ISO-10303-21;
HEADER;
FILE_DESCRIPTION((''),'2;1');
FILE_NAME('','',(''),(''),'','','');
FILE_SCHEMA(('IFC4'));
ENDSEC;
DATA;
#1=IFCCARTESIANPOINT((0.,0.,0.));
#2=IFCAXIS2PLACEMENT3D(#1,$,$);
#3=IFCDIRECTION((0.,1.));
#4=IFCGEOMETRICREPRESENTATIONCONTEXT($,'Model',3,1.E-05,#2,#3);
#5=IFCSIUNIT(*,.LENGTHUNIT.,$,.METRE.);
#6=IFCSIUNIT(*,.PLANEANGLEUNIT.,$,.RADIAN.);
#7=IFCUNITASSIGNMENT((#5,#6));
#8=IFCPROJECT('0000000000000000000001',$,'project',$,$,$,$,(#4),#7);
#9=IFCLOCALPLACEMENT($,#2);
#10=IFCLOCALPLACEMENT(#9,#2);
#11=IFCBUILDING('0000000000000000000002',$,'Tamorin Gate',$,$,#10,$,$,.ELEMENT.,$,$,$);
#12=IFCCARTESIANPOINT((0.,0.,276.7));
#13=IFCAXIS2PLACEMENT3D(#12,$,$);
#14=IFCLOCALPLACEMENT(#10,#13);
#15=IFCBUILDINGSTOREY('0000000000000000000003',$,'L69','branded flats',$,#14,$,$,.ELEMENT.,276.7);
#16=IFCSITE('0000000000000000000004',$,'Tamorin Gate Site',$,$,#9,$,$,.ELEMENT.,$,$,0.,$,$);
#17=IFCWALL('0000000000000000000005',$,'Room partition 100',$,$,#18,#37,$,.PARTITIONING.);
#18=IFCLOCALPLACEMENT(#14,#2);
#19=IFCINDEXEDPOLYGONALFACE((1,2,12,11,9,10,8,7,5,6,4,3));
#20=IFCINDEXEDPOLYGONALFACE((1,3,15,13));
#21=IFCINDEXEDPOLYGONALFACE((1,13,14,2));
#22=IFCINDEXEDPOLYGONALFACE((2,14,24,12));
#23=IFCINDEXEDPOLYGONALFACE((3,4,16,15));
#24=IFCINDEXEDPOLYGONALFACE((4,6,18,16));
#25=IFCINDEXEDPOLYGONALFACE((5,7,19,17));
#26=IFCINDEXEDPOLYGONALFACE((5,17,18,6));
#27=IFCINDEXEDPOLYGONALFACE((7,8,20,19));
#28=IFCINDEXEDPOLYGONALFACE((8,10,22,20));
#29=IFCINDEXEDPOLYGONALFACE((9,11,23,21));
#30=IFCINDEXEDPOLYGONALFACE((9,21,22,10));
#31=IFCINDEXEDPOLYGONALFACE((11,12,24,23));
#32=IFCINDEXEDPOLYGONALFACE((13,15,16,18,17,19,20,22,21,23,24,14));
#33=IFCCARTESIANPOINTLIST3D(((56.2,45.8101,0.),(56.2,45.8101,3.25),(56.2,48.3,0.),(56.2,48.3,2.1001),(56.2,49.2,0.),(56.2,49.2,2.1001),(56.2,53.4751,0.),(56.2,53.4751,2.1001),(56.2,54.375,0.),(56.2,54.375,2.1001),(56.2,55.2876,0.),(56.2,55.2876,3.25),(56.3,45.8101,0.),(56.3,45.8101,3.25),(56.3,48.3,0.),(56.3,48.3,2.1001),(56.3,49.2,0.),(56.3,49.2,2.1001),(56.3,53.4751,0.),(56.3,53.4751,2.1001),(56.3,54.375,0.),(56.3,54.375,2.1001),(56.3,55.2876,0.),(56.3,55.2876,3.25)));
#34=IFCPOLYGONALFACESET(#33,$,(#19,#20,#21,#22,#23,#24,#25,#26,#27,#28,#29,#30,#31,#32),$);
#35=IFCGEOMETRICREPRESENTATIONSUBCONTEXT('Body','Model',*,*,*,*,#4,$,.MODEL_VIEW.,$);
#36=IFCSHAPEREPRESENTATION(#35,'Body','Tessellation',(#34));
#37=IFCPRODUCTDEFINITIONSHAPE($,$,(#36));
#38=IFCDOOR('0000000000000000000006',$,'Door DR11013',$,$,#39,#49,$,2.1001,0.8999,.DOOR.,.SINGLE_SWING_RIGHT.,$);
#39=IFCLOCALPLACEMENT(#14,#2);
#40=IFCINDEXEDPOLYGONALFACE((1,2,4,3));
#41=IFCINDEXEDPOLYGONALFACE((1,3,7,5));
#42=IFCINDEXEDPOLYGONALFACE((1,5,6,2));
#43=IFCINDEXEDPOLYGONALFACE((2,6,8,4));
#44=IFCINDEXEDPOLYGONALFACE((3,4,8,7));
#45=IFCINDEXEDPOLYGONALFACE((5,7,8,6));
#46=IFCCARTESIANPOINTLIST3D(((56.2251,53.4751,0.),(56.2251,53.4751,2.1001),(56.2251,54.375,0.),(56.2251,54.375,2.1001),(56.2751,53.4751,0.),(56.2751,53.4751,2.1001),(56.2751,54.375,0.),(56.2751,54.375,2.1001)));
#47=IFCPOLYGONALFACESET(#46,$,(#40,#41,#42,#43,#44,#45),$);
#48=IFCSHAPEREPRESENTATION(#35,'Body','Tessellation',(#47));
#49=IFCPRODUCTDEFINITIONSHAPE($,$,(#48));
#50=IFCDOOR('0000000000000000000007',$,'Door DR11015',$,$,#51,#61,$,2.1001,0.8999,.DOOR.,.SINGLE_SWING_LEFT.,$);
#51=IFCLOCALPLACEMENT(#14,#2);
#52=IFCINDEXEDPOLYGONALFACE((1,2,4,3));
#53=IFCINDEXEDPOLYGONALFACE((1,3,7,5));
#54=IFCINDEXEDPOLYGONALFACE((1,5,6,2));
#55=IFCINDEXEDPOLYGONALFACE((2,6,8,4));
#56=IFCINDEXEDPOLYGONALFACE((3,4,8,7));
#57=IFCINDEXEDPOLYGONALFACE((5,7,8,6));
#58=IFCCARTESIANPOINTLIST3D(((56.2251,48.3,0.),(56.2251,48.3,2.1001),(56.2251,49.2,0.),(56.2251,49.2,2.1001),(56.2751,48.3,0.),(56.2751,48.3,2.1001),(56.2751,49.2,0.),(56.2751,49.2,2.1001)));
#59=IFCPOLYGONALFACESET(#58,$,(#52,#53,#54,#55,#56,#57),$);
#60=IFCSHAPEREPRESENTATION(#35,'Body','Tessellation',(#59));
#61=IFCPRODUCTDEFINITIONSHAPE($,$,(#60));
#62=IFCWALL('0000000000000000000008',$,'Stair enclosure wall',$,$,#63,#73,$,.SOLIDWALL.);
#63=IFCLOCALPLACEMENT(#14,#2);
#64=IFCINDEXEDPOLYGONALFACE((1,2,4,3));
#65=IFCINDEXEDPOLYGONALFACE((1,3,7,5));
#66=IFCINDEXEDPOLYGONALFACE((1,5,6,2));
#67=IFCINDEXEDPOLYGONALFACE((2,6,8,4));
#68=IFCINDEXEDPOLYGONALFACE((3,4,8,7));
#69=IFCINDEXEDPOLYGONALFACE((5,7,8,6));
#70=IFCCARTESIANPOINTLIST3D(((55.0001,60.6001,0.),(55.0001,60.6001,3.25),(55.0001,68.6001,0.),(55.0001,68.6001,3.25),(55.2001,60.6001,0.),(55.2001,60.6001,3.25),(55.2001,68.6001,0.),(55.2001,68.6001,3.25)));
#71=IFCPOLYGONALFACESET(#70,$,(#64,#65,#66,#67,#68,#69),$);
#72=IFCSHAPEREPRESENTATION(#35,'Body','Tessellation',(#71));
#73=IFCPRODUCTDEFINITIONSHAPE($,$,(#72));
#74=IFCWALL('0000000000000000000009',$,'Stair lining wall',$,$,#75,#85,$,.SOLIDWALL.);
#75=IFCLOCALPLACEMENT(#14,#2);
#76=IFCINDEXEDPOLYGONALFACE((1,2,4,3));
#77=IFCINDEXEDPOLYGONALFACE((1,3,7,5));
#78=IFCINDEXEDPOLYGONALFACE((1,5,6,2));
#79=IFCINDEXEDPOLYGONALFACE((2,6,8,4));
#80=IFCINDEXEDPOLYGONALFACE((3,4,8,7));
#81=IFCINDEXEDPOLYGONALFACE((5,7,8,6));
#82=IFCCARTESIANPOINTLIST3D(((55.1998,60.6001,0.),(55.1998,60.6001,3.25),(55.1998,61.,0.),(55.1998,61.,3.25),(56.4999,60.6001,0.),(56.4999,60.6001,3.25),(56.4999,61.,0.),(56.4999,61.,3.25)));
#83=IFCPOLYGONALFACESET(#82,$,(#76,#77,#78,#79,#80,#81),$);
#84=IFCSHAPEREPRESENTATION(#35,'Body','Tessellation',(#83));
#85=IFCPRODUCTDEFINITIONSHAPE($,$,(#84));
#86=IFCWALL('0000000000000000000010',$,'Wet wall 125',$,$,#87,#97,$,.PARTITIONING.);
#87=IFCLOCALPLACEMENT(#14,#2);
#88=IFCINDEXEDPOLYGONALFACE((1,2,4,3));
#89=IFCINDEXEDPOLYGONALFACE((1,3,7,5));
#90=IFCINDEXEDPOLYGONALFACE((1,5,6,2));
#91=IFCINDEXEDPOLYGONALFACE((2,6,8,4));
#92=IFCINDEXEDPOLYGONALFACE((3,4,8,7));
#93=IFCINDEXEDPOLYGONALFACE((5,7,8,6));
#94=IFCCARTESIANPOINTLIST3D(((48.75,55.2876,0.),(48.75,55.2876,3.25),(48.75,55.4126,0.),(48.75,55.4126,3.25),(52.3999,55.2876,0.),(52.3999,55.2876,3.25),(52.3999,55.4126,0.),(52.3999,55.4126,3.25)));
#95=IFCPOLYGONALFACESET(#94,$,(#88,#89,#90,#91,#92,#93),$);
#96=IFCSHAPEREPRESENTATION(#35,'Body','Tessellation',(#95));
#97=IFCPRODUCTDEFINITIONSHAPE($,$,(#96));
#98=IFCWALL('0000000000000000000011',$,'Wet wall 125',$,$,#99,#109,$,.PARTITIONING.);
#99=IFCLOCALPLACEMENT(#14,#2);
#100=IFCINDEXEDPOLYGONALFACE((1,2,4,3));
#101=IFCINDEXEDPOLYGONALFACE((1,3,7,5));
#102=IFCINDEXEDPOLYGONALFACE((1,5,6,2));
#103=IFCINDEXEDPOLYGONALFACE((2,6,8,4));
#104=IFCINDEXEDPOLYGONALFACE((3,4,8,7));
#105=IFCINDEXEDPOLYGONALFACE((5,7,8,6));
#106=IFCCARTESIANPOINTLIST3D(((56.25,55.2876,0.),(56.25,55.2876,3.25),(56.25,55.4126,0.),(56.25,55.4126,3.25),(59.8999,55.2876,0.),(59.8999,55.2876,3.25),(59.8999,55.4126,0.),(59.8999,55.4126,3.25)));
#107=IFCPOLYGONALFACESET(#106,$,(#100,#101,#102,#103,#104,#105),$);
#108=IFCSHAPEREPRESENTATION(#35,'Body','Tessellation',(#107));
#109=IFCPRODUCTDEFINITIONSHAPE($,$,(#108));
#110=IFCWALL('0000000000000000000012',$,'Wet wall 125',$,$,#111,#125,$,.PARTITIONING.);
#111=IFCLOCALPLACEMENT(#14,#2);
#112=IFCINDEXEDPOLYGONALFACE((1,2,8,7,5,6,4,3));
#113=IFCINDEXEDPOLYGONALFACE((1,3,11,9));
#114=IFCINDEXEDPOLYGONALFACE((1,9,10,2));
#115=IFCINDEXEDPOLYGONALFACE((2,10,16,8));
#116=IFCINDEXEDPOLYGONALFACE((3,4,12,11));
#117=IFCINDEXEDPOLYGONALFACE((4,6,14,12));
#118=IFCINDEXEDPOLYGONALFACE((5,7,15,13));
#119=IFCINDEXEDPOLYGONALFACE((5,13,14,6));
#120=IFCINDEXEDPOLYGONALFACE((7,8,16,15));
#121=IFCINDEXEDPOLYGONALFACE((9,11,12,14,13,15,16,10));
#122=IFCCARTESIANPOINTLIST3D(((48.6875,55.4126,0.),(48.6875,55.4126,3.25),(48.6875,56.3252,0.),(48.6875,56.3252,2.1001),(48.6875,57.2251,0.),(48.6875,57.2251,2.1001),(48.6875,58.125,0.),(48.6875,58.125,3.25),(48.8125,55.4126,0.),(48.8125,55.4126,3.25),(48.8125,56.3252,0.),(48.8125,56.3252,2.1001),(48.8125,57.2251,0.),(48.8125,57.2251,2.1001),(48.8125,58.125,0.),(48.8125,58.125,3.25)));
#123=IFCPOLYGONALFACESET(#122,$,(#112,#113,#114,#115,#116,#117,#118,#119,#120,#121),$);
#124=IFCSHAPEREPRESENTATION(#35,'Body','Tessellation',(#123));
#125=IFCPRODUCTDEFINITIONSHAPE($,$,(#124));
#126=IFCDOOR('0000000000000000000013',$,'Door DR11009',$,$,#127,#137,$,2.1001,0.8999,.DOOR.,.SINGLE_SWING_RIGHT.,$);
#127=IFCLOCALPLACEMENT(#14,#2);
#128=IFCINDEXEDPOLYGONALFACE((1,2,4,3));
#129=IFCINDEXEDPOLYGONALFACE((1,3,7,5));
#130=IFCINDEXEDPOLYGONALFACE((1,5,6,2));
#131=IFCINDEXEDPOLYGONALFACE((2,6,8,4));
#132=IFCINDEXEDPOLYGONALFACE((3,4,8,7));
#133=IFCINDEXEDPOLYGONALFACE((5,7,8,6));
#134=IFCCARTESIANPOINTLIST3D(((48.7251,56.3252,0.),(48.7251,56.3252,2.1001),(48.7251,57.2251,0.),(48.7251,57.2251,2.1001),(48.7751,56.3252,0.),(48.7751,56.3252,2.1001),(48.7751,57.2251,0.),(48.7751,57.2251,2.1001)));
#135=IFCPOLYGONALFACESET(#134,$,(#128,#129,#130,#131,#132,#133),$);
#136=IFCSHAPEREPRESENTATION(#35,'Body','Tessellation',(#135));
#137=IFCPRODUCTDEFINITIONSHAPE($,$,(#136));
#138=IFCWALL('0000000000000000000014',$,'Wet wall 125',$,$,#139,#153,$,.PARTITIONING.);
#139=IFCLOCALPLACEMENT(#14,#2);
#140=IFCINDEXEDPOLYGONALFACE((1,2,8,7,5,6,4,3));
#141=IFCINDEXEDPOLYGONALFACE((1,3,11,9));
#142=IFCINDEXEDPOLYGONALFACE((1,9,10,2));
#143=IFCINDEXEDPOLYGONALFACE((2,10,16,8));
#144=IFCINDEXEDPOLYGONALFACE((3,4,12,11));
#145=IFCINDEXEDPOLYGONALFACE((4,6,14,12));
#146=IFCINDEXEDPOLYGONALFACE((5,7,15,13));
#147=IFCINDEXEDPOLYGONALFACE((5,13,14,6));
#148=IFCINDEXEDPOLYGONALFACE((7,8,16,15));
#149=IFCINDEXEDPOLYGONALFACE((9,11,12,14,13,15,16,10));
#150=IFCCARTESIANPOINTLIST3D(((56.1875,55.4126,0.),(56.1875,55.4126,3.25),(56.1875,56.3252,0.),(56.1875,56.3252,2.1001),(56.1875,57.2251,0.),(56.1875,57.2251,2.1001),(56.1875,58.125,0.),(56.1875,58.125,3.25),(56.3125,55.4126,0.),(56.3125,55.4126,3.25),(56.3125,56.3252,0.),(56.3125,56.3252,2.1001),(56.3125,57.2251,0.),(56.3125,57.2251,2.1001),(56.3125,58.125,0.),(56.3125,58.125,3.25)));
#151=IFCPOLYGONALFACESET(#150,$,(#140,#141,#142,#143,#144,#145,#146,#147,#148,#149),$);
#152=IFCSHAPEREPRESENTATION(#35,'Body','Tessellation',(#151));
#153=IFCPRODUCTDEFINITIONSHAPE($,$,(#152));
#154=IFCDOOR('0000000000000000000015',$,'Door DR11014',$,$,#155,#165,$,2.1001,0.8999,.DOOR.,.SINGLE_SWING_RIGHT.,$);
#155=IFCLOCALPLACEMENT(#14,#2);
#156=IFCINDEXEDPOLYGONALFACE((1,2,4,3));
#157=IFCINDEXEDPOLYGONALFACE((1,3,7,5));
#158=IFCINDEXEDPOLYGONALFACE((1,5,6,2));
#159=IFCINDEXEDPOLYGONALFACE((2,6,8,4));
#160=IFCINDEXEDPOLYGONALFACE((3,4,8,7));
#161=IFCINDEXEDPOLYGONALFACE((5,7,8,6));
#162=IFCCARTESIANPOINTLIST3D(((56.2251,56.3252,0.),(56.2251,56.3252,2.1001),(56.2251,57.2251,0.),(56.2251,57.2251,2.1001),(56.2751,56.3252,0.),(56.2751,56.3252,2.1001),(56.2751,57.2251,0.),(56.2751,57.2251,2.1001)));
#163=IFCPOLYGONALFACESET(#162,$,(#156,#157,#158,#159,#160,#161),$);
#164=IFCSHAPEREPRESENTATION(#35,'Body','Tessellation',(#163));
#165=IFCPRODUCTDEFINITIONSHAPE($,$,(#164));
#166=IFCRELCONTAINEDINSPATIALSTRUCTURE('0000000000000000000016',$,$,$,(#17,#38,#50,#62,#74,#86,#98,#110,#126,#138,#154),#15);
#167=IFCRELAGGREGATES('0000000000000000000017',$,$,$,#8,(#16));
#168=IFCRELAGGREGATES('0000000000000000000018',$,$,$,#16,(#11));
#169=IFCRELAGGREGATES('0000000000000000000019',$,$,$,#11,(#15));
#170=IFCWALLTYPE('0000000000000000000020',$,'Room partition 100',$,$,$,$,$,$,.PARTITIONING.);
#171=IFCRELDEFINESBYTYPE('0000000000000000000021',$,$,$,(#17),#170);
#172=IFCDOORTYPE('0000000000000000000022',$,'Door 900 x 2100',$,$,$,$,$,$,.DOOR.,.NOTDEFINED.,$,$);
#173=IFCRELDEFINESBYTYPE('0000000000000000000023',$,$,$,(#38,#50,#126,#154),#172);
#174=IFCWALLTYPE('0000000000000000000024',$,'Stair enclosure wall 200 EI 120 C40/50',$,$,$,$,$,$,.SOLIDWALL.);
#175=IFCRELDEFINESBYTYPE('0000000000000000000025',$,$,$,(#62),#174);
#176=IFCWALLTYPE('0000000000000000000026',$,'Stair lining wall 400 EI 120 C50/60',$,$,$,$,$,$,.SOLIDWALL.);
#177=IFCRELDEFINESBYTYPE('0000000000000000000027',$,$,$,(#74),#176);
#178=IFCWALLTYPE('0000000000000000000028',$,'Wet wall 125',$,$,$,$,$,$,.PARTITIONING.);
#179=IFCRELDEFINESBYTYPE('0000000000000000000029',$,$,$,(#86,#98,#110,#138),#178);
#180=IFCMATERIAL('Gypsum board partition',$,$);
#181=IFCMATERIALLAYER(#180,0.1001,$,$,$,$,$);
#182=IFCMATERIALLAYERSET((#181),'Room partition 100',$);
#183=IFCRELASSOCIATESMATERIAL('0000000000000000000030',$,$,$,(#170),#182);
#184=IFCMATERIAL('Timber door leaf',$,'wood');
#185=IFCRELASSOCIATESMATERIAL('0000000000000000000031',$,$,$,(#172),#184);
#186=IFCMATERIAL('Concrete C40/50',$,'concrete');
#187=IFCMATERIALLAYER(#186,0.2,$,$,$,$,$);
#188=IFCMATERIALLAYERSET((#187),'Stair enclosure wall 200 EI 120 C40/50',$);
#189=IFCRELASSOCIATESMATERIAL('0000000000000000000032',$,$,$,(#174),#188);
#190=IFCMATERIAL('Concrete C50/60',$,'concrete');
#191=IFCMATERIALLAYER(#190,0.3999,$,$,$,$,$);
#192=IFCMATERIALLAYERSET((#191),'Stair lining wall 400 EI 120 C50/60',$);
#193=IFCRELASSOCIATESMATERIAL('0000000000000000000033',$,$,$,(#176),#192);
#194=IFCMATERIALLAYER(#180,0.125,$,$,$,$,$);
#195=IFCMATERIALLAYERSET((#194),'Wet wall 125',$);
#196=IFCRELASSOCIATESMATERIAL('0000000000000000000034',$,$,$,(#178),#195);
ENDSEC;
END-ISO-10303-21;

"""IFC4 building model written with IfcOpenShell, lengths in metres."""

from ifc_helpers import new_model, si_unit, direction, frame, frame_2d, origin, place, context, subcontext, project, spatial, rectangle, extrude, material, layer, layer_set, type_object, element, fill, save


model = new_model("IFC4")

# Units and contexts
model_context = context("Model", 3, precision=1e-05, world=origin(), true_north=direction((0.0, 1.0)))
body_context = subcontext(model_context, "Body", "Model", "MODEL_VIEW")
ifc_project = project(units=[si_unit("LENGTHUNIT", "METRE"), si_unit("PLANEANGLEUNIT", "RADIAN")], contexts=[model_context])

# Site, building, storey
site_placement = place(None, origin())
site = spatial("IfcSite", under=ifc_project, at=site_placement, Name="Tamorin Gate Site", CompositionType="ELEMENT", RefElevation=0.0)
building_placement = place(site_placement, origin())
building = spatial("IfcBuilding", under=site, at=building_placement, Name="Tamorin Gate", CompositionType="ELEMENT")
storey_placement = place(building_placement, frame((0.0, 0.0, 276.7)))
storey = spatial("IfcBuildingStorey", under=building, at=storey_placement, Name="L69", Description="branded flats", CompositionType="ELEMENT", Elevation=276.7)

# Shared definitions
ifc_material_1 = material(Name="Concrete C50/60", Category="concrete")

# Shared definitions
ifc_material_2 = material(Name="Gypsum board partition")

# Wall, openings, doors
ifc_layer_1 = layer(ifc_material_2, 0.1001)
ifc_layer_set_1 = layer_set([ifc_layer_1], Name="Room partition 100")
wall_type_1 = type_object("IfcWallType", Name="Room partition 100", PredefinedType="PARTITIONING", material=ifc_layer_set_1)
ifc_material_3 = material(Name="Timber door leaf", Category="wood")
door_type = type_object("IfcDoorType", Name="Door 900 x 2100", OperationType="NOTDEFINED", PredefinedType="DOOR", material=ifc_material_3)
wall_1_placement = place(storey_placement, frame((56.25, 45.8101, 0.0), z_axis=(0.0, 0.0, 1.0), x_axis=(0.0, 1.0, 0.0)))
wall_1 = element("IfcWall", 1, at=wall_1_placement, inside=storey, type_object=wall_type_1, Name="Room partition 100", PredefinedType="PARTITIONING", context=body_context, shape_type="SweptSolid", body=[
    extrude(rectangle(XDim=9.4775, YDim=0.1001, at=frame_2d((4.7388, 0.0))), origin(), (0.0, 0.0, 1.0), 3.25),
])
opening_1_placement = place(wall_1_placement, frame((7.665, 0.0, 0.0)))
opening_1 = element("IfcOpeningElement", 2, at=opening_1_placement, cuts=wall_1, PredefinedType="OPENING", context=body_context, shape_type="SweptSolid", body=[
    extrude(rectangle(XDim=0.8999, YDim=2.1001, at=frame_2d((0.45, 1.05))), frame((0.0, 0.0601, 0.0), z_axis=(0.0, -1.0, 0.0), x_axis=(1.0, 0.0, 0.0)), (0.0, 0.0, 1.0), 0.1201),
])
opening_2_placement = place(wall_1_placement, frame((2.49, 0.0, 0.0)))
opening_2 = element("IfcOpeningElement", 3, at=opening_2_placement, cuts=wall_1, PredefinedType="OPENING", context=body_context, shape_type="SweptSolid", body=[
    extrude(rectangle(XDim=0.8999, YDim=2.1001, at=frame_2d((0.45, 1.05))), frame((0.0, 0.0601, 0.0), z_axis=(0.0, -1.0, 0.0), x_axis=(1.0, 0.0, 0.0)), (0.0, 0.0, 1.0), 0.1201),
])
door_1_placement = place(opening_1_placement, origin())
door_1 = element("IfcDoor", 4, at=door_1_placement, inside=storey, type_object=door_type, Name="Door DR11013", OperationType="SINGLE_SWING_RIGHT", OverallHeight=2.1001, OverallWidth=0.8999, PredefinedType="DOOR", context=body_context, shape_type="SweptSolid", body=[
    extrude(rectangle(XDim=0.8999, YDim=2.1001, at=frame_2d((0.45, 1.05))), frame((0.0, 0.0249, 0.0), z_axis=(0.0, -1.0, 0.0), x_axis=(1.0, 0.0, 0.0)), (0.0, 0.0, 1.0), 0.05),
])
fill(opening_1, door_1)
door_2_placement = place(opening_2_placement, origin())
door_2 = element("IfcDoor", 5, at=door_2_placement, inside=storey, type_object=door_type, Name="Door DR11015", OperationType="SINGLE_SWING_LEFT", OverallHeight=2.1001, OverallWidth=0.8999, PredefinedType="DOOR", context=body_context, shape_type="SweptSolid", body=[
    extrude(rectangle(XDim=0.8999, YDim=2.1001, at=frame_2d((0.45, 1.05))), frame((0.0, 0.0249, 0.0), z_axis=(0.0, -1.0, 0.0), x_axis=(1.0, 0.0, 0.0)), (0.0, 0.0, 1.0), 0.05),
])
fill(opening_2, door_2)

# Walls
ifc_material_4 = material(Name="Concrete C40/50", Category="concrete")
ifc_layer_2 = layer(ifc_material_4, 0.2)
ifc_layer_set_2 = layer_set([ifc_layer_2], Name="Stair enclosure wall 200 EI 120 C40/50")
wall_type_2 = type_object("IfcWallType", Name="Stair enclosure wall 200 EI 120 C40/50", PredefinedType="SOLIDWALL", material=ifc_layer_set_2)
wall_2_placement = place(storey_placement, frame((55.1001, 60.6001, 0.0), z_axis=(0.0, 0.0, 1.0), x_axis=(0.0, 1.0, 0.0)))
element("IfcWall", 6, at=wall_2_placement, inside=storey, type_object=wall_type_2, Name="Stair enclosure wall", PredefinedType="SOLIDWALL", context=body_context, shape_type="SweptSolid", body=[
    extrude(rectangle(XDim=8.0, YDim=0.2, at=frame_2d((4.0, 0.0))), origin(), (0.0, 0.0, 1.0), 3.25),
])
ifc_layer_3 = layer(ifc_material_1, 0.3999)
ifc_layer_set_3 = layer_set([ifc_layer_3], Name="Stair lining wall 400 EI 120 C50/60")
wall_type_3 = type_object("IfcWallType", Name="Stair lining wall 400 EI 120 C50/60", PredefinedType="SOLIDWALL", material=ifc_layer_set_3)
wall_3_placement = place(storey_placement, frame((55.2, 60.8, 0.0), z_axis=(0.0, 0.0, 1.0), x_axis=(1.0, 0.0, 0.0)))
element("IfcWall", 7, at=wall_3_placement, inside=storey, type_object=wall_type_3, Name="Stair lining wall", PredefinedType="SOLIDWALL", context=body_context, shape_type="SweptSolid", body=[
    extrude(rectangle(XDim=1.3, YDim=0.3999, at=frame_2d((0.6499, 0.0))), origin(), (0.0, 0.0, 1.0), 3.25),
])
ifc_layer_4 = layer(ifc_material_2, 0.125)
ifc_layer_set_4 = layer_set([ifc_layer_4], Name="Wet wall 125")
wall_type_4 = type_object("IfcWallType", Name="Wet wall 125", PredefinedType="PARTITIONING", material=ifc_layer_set_4)
for number, where, z_axis, x_axis, name in (
    (8, (48.75, 55.3501, 0.0), (0.0, 0.0, 1.0), (1.0, 0.0, 0.0), "Wet wall 125"),
    (9, (56.25, 55.3501, 0.0), (0.0, 0.0, 1.0), (1.0, 0.0, 0.0), "Wet wall 125"),
):
    element("IfcWall", number, at=place(storey_placement, frame(where, z_axis=z_axis, x_axis=x_axis)), inside=storey, type_object=wall_type_4, Name=name, PredefinedType="PARTITIONING", context=body_context, shape_type="SweptSolid", body=[
        extrude(rectangle(XDim=3.6499, YDim=0.125, at=frame_2d((1.825, 0.0))), origin(), (0.0, 0.0, 1.0), 3.25),
    ])

# Walls, openings, doors
wall_4_placement = place(storey_placement, frame((48.75, 55.4126, 0.0), z_axis=(0.0, 0.0, 1.0), x_axis=(0.0, 1.0, 0.0)))
wall_4 = element("IfcWall", 10, at=wall_4_placement, inside=storey, type_object=wall_type_4, Name="Wet wall 125", PredefinedType="PARTITIONING", context=body_context, shape_type="SweptSolid", body=[
    extrude(rectangle(XDim=2.7124, YDim=0.125, at=frame_2d((1.3562, 0.0))), origin(), (0.0, 0.0, 1.0), 3.25),
])
opening_3_placement = place(wall_4_placement, frame((0.9126, 0.0, 0.0)))
opening_3 = element("IfcOpeningElement", 11, at=opening_3_placement, cuts=wall_4, PredefinedType="OPENING", context=body_context, shape_type="SweptSolid", body=[
    extrude(rectangle(XDim=0.8999, YDim=2.1001, at=frame_2d((0.45, 1.05))), frame((0.0, 0.0725, 0.0), z_axis=(0.0, -1.0, 0.0), x_axis=(1.0, 0.0, 0.0)), (0.0, 0.0, 1.0), 0.145),
])
door_3_placement = place(opening_3_placement, origin())
door_3 = element("IfcDoor", 12, at=door_3_placement, inside=storey, type_object=door_type, Name="Door DR11009", OperationType="SINGLE_SWING_RIGHT", OverallHeight=2.1001, OverallWidth=0.8999, PredefinedType="DOOR", context=body_context, shape_type="SweptSolid", body=[
    extrude(rectangle(XDim=0.8999, YDim=2.1001, at=frame_2d((0.45, 1.05))), frame((0.0, 0.0249, 0.0), z_axis=(0.0, -1.0, 0.0), x_axis=(1.0, 0.0, 0.0)), (0.0, 0.0, 1.0), 0.05),
])
fill(opening_3, door_3)
wall_5_placement = place(storey_placement, frame((56.25, 55.4126, 0.0), z_axis=(0.0, 0.0, 1.0), x_axis=(0.0, 1.0, 0.0)))
wall_5 = element("IfcWall", 13, at=wall_5_placement, inside=storey, type_object=wall_type_4, Name="Wet wall 125", PredefinedType="PARTITIONING", context=body_context, shape_type="SweptSolid", body=[
    extrude(rectangle(XDim=2.7124, YDim=0.125, at=frame_2d((1.3562, 0.0))), origin(), (0.0, 0.0, 1.0), 3.25),
])
opening_4_placement = place(wall_5_placement, frame((0.9126, 0.0, 0.0)))
opening_4 = element("IfcOpeningElement", 14, at=opening_4_placement, cuts=wall_5, PredefinedType="OPENING", context=body_context, shape_type="SweptSolid", body=[
    extrude(rectangle(XDim=0.8999, YDim=2.1001, at=frame_2d((0.45, 1.05))), frame((0.0, 0.0725, 0.0), z_axis=(0.0, -1.0, 0.0), x_axis=(1.0, 0.0, 0.0)), (0.0, 0.0, 1.0), 0.145),
])
door_4_placement = place(opening_4_placement, origin())
door_4 = element("IfcDoor", 15, at=door_4_placement, inside=storey, type_object=door_type, Name="Door DR11014", OperationType="SINGLE_SWING_RIGHT", OverallHeight=2.1001, OverallWidth=0.8999, PredefinedType="DOOR", context=body_context, shape_type="SweptSolid", body=[
    extrude(rectangle(XDim=0.8999, YDim=2.1001, at=frame_2d((0.45, 1.05))), frame((0.0, 0.0249, 0.0), z_axis=(0.0, -1.0, 0.0), x_axis=(1.0, 0.0, 0.0)), (0.0, 0.0, 1.0), 0.05),
])
fill(opening_4, door_4)

save(model, "model.ifc")
